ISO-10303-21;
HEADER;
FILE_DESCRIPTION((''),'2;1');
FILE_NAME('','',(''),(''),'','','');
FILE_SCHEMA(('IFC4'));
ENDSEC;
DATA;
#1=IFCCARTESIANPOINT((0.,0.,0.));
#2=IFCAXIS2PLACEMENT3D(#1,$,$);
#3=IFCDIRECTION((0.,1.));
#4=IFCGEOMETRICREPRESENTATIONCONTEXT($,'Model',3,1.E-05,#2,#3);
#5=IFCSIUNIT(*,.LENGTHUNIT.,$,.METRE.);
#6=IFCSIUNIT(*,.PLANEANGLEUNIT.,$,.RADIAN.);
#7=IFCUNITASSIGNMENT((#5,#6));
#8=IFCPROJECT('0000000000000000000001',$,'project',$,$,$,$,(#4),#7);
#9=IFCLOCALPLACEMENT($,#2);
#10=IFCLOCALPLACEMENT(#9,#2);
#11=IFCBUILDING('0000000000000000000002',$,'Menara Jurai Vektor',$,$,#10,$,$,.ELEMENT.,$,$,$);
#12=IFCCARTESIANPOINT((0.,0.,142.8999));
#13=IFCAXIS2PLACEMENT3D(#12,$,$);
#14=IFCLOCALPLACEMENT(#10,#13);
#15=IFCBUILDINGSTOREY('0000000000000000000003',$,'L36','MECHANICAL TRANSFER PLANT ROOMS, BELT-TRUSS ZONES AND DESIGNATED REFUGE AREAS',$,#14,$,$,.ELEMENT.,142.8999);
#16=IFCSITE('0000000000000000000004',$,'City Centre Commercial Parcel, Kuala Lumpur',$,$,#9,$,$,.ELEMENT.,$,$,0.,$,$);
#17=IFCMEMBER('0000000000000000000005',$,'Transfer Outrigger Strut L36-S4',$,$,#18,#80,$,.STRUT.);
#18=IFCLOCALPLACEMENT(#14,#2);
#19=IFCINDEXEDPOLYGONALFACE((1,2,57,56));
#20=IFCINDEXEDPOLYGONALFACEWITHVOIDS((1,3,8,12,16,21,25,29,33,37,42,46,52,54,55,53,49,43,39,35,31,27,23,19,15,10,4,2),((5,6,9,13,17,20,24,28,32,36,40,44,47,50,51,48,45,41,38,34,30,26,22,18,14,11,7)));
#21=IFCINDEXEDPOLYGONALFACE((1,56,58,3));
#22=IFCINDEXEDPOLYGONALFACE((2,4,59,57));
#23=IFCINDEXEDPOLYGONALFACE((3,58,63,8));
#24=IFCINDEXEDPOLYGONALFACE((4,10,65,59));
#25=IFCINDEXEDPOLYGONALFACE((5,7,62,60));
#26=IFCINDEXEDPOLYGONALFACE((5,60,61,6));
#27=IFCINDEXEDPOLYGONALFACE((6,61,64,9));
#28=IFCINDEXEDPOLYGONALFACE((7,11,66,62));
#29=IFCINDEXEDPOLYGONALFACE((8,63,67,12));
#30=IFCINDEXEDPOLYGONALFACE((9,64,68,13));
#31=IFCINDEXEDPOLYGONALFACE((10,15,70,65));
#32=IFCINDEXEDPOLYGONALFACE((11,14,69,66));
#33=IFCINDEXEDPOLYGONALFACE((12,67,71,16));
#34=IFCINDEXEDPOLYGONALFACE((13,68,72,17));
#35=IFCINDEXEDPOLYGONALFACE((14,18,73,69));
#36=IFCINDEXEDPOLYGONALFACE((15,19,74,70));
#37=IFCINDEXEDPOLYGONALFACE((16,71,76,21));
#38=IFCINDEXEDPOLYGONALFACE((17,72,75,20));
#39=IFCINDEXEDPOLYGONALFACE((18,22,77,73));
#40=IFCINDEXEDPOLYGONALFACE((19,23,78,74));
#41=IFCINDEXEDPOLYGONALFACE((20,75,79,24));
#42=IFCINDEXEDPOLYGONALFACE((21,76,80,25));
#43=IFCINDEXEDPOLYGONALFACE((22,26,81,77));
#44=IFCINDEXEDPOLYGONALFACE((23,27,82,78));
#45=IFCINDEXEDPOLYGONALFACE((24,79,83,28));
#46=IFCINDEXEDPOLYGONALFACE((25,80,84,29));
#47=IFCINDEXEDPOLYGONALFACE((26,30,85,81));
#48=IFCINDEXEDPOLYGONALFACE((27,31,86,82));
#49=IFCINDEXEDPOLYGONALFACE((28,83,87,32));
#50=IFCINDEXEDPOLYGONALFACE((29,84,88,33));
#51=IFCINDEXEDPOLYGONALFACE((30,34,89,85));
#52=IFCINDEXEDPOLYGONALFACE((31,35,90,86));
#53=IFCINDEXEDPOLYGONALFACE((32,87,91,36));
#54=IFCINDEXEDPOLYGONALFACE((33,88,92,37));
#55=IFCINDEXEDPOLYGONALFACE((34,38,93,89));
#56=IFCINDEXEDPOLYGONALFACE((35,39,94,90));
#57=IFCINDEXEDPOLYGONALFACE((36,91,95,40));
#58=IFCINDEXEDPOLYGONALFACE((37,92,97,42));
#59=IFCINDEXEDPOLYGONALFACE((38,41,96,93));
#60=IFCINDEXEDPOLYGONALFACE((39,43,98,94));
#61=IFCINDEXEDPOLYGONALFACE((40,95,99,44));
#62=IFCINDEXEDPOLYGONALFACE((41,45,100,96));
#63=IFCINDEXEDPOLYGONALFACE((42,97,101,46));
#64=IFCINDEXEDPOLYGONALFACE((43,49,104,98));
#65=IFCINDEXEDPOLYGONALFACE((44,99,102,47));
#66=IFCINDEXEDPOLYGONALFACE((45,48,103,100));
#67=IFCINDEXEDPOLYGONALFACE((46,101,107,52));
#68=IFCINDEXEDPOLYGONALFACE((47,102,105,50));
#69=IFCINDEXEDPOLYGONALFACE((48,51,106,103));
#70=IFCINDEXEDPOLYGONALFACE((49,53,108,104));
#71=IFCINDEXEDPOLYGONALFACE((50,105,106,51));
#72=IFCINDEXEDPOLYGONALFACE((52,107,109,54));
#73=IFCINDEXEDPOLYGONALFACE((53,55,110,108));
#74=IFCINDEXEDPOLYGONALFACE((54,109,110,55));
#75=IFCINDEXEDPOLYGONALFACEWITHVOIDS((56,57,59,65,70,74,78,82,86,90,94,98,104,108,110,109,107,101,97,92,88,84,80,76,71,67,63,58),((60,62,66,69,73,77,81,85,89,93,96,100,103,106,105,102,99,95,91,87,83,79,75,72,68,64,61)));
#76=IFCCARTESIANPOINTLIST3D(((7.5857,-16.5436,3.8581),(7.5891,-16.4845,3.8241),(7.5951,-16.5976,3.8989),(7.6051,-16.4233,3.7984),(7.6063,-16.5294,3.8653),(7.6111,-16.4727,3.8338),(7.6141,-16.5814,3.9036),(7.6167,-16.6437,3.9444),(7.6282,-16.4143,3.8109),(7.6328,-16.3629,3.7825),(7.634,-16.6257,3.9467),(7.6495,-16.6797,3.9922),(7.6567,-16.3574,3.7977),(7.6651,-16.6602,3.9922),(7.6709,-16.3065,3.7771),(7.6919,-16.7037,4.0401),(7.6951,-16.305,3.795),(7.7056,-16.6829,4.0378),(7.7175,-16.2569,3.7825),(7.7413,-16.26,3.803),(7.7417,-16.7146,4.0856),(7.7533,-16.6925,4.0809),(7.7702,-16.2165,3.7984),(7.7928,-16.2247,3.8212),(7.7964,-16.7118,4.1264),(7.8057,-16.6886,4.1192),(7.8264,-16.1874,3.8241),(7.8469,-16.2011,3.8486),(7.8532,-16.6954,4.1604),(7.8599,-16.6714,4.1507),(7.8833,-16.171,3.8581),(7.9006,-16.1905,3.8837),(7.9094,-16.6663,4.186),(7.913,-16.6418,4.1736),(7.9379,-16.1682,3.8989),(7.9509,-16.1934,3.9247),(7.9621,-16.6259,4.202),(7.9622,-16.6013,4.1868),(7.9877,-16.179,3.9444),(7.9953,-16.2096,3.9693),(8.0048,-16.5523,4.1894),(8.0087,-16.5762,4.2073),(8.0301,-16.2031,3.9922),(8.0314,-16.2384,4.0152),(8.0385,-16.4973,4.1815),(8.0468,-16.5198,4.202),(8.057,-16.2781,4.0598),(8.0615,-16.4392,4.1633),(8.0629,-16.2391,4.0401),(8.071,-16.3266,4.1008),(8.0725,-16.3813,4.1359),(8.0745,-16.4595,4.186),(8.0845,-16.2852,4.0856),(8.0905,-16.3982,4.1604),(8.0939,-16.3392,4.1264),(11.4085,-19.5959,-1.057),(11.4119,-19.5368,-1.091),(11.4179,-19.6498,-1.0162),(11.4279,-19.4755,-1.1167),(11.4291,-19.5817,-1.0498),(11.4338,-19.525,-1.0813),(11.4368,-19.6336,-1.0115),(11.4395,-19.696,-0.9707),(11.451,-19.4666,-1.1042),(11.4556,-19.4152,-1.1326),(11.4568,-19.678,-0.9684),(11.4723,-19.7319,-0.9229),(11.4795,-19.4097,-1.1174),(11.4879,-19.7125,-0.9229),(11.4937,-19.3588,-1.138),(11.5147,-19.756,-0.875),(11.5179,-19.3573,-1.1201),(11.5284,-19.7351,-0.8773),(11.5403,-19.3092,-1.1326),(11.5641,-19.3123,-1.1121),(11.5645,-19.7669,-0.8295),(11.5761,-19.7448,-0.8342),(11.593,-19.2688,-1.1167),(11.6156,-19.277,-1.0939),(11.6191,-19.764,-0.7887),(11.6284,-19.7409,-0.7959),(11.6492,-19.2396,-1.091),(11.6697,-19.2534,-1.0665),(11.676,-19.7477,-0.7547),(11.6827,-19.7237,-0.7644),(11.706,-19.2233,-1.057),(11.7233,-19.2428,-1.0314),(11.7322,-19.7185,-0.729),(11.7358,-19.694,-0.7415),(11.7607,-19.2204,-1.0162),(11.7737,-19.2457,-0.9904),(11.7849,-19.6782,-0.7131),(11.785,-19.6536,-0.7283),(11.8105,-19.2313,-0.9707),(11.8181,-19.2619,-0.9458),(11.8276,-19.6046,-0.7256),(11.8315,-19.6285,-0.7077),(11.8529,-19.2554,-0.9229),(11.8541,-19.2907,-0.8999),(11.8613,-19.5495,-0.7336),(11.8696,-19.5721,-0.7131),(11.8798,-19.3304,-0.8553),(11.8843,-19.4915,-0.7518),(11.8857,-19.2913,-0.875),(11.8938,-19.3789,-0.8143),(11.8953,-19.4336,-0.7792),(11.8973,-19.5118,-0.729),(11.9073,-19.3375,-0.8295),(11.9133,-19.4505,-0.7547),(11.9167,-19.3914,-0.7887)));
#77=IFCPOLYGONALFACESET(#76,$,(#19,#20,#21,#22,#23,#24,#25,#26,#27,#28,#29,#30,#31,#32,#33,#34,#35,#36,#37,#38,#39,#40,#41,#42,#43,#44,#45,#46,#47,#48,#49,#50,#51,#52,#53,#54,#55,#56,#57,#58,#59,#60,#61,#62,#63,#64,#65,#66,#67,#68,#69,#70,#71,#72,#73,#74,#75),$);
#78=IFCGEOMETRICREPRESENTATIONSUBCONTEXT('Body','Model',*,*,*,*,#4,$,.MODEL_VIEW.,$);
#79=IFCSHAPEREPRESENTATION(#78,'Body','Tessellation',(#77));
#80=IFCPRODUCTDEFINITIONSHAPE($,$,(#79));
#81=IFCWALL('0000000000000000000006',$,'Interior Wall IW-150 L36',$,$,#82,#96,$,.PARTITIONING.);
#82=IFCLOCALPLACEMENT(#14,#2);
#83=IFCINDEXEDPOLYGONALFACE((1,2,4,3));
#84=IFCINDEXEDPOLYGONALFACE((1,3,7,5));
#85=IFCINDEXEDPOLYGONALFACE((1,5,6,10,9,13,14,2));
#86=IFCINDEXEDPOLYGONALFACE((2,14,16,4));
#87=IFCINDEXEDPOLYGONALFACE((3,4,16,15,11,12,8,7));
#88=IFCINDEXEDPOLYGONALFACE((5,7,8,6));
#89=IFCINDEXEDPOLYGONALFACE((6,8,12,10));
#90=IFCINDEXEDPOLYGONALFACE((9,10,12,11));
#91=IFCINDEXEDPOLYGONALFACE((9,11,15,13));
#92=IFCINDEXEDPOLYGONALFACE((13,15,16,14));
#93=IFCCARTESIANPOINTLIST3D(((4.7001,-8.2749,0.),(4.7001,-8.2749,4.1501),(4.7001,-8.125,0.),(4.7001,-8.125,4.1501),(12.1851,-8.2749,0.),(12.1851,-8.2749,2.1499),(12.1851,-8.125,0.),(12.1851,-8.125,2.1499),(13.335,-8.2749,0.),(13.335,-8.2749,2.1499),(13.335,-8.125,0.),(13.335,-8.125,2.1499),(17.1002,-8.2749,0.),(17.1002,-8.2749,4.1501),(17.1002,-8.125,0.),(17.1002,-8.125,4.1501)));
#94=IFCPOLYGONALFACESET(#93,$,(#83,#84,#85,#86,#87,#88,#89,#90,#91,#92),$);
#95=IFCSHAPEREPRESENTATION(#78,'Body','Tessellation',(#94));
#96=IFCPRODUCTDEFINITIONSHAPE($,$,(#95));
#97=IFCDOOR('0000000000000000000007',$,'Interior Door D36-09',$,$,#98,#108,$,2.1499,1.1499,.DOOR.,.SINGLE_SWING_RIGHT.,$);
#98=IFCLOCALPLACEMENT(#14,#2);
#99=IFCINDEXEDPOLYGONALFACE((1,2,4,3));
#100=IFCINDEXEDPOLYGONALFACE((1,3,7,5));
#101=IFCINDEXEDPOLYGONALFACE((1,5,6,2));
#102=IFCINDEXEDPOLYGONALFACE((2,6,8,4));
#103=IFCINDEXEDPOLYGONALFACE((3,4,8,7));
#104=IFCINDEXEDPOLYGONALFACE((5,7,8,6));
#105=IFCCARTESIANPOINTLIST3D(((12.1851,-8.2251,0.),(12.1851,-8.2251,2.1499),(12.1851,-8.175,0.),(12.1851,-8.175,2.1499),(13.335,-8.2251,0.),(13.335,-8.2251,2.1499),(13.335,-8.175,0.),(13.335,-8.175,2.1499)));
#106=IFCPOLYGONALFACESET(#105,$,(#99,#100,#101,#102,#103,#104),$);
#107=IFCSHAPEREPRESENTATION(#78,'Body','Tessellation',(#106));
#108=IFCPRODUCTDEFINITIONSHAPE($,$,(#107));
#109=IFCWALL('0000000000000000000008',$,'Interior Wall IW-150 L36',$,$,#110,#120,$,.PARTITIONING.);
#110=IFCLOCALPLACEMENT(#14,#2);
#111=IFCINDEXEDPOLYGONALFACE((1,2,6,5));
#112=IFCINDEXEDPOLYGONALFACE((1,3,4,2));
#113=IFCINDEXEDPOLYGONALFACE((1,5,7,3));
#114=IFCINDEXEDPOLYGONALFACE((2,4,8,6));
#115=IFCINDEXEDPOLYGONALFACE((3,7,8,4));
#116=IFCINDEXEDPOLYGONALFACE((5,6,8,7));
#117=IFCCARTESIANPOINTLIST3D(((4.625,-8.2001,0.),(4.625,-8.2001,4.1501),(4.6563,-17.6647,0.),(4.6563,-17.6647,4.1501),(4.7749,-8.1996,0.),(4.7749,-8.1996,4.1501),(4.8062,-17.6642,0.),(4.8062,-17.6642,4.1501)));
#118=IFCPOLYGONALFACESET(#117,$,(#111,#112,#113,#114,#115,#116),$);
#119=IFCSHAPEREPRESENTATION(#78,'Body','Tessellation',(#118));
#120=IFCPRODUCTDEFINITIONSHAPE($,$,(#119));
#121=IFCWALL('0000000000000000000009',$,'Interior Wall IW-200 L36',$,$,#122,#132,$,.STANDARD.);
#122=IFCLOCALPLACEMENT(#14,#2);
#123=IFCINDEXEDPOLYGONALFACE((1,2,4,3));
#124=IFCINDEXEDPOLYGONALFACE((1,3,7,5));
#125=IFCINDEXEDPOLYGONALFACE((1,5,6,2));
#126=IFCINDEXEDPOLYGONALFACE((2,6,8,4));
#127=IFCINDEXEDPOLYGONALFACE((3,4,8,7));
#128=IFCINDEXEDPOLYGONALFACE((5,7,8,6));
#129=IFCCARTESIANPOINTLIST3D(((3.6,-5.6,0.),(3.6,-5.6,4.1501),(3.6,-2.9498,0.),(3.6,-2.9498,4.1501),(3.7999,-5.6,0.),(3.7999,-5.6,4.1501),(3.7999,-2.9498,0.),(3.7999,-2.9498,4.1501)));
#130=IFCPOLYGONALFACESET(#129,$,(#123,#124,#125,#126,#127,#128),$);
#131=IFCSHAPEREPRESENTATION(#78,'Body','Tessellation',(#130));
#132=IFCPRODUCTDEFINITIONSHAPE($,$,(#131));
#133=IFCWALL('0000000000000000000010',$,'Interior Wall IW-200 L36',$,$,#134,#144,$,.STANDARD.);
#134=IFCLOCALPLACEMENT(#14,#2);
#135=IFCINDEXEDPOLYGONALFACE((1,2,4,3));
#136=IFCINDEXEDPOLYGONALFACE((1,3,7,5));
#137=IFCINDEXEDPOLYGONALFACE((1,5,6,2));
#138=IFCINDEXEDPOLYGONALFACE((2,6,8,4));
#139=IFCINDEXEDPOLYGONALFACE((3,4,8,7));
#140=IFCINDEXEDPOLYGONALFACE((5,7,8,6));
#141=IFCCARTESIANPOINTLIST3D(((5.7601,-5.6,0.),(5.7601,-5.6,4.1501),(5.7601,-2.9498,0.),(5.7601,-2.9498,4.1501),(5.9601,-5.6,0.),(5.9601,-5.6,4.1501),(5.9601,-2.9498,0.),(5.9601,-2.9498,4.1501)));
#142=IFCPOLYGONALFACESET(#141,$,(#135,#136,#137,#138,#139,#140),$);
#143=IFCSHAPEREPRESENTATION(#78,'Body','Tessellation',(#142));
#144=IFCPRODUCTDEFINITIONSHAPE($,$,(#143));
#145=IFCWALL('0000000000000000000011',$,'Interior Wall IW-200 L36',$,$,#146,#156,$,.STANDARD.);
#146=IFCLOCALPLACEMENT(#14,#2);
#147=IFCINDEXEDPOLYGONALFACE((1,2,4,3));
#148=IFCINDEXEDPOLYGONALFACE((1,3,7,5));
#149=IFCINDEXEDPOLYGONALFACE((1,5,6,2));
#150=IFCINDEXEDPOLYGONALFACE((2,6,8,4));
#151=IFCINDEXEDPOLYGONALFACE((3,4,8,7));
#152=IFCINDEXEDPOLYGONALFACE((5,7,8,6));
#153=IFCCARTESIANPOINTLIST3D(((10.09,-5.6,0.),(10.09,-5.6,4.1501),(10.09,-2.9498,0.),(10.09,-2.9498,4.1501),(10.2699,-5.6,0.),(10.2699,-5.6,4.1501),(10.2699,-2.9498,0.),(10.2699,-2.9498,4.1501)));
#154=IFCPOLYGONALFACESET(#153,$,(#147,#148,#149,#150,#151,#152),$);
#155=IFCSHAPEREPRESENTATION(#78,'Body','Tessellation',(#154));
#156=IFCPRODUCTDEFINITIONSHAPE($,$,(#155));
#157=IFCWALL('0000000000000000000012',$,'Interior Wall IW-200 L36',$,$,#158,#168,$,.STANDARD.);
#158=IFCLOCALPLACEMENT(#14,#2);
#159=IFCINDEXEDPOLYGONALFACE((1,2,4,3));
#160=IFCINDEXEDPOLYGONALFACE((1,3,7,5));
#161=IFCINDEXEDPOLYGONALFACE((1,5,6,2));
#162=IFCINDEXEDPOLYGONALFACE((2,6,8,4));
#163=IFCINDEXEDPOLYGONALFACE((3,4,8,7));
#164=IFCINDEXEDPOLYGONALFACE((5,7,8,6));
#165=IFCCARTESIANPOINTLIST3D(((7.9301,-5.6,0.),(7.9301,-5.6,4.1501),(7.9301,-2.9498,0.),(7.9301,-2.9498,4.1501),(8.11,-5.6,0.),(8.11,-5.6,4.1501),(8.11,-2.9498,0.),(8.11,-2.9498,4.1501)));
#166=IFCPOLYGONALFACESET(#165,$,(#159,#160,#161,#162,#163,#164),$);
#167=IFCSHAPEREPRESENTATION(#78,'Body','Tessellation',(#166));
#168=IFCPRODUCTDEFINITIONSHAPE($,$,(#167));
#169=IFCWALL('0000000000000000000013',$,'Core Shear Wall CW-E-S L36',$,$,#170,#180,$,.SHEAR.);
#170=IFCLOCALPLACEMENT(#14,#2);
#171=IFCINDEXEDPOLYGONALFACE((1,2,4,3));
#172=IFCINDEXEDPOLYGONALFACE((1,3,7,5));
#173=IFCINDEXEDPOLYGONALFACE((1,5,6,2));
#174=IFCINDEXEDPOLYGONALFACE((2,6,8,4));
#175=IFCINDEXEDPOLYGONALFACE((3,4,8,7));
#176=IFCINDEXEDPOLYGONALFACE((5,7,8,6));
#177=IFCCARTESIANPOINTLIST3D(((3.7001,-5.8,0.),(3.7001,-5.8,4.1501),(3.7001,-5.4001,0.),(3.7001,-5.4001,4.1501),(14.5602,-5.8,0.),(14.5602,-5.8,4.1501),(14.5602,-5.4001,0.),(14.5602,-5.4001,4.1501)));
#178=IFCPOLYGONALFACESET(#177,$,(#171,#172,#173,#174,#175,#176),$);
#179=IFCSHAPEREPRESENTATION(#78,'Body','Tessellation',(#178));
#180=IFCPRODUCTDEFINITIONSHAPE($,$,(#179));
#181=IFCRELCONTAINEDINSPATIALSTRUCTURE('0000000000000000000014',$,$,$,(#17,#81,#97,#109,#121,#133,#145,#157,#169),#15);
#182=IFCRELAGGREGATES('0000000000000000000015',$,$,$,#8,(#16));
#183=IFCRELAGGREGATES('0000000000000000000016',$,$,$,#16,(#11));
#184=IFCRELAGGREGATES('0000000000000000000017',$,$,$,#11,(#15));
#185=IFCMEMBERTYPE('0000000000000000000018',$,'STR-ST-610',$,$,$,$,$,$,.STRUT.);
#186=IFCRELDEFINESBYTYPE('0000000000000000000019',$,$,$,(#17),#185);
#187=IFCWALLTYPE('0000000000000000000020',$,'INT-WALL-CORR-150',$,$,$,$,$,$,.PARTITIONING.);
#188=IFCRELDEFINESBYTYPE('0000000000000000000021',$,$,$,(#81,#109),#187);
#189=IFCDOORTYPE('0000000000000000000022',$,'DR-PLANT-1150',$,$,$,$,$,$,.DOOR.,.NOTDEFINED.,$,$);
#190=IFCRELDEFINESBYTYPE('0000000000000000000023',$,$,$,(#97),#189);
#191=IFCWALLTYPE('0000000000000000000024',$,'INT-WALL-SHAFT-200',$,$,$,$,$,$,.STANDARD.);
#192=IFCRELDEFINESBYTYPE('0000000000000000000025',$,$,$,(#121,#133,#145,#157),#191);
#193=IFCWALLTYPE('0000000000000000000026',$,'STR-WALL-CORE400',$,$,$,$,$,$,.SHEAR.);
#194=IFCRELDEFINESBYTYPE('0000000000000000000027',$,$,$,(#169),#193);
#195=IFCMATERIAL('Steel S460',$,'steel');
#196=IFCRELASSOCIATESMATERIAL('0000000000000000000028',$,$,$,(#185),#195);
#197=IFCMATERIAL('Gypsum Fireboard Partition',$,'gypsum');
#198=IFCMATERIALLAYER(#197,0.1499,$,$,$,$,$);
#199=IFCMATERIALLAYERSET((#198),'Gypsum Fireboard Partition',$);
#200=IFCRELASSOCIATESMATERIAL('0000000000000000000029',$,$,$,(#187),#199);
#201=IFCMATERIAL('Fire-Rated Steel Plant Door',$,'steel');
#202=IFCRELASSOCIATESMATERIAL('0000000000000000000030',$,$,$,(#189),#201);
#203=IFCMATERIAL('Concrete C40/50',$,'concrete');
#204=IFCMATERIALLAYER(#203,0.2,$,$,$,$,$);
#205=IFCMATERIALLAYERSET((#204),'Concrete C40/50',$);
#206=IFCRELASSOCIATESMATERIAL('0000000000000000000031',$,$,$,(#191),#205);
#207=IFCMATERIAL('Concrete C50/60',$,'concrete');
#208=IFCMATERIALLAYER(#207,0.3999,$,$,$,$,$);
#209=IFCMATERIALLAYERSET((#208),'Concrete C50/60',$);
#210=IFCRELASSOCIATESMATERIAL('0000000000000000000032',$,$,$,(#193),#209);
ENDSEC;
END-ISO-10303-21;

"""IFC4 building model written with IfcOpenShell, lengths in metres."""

from ifc_helpers import new_model, si_unit, direction, frame, frame_2d, origin, origin_2d, place, context, subcontext, project, spatial, rectangle, hollow_circle, extrude, material, layer, layer_set, material_profile, profile_set, type_object, element, fill, save


model = new_model("IFC4")

# Units and contexts
model_context = context("Model", 3, precision=1e-05, world=origin(), true_north=direction((0.0, 1.0)))
body_context = subcontext(model_context, "Body", "Model", "MODEL_VIEW")
ifc_project = project(units=[si_unit("LENGTHUNIT", "METRE"), si_unit("PLANEANGLEUNIT", "RADIAN")], contexts=[model_context])

# Site, building, storey
site_placement = place(None, origin())
site = spatial("IfcSite", under=ifc_project, at=site_placement, Name="City Centre Commercial Parcel, Kuala Lumpur", CompositionType="ELEMENT", RefElevation=0.0)
building_placement = place(site_placement, origin())
building = spatial("IfcBuilding", under=site, at=building_placement, Name="Menara Jurai Vektor", CompositionType="ELEMENT")
storey_placement = place(building_placement, frame((0.0, 0.0, 142.8999)))
storey = spatial("IfcBuildingStorey", under=building, at=storey_placement, Name="L36", Description="MECHANICAL TRANSFER PLANT ROOMS, BELT-TRUSS ZONES AND DESIGNATED REFUGE AREAS", CompositionType="ELEMENT", Elevation=142.8999)

# Shared definitions
ifc_material_1 = material(Name="Concrete C50/60", Category="concrete")
ifc_material_2 = material(Name="Steel S460", Category="steel")

# Member
ifc_material_profile_1 = material_profile(ifc_material_2, hollow_circle(Radius=0.3049, WallThickness=0.0249, at=origin_2d()), Name="CHS 610x25")
ifc_profile_set_1 = profile_set([ifc_material_profile_1], Name="Steel S460")
member_type_1 = type_object("IfcMemberType", Name="STR-ST-610", PredefinedType="STRUT", material=ifc_profile_set_1)
member_placement = place(storey_placement, frame((11.6626, -19.4937, -0.9229), z_axis=(-0.551266, 0.440154, 0.708781), x_axis=(-0.623952, -0.781462, 0.0)))
element("IfcMember", 1, at=member_placement, inside=storey, type_object=member_type_1, Name="Transfer Outrigger Strut L36-S4", PredefinedType="STRUT", context=body_context, shape_type="SweptSolid", body=[
    extrude(hollow_circle(Radius=0.3049, WallThickness=0.0249, at=origin_2d()), origin(), (0.0, 0.0, 1.0), 6.9346),
])

# Wall, opening, door
ifc_material_3 = material(Name="Gypsum Fireboard Partition", Category="gypsum")
ifc_layer_1 = layer(ifc_material_3, 0.1499)
ifc_layer_set_1 = layer_set([ifc_layer_1], Name="Gypsum Fireboard Partition")
wall_type_1 = type_object("IfcWallType", Name="INT-WALL-CORR-150", PredefinedType="PARTITIONING", material=ifc_layer_set_1)
wall_1_placement = place(storey_placement, frame((4.7, -8.2, 0.0), z_axis=(0.0, 0.0, 1.0), x_axis=(1.0, 0.0, 0.0)))
wall_1 = element("IfcWall", 2, at=wall_1_placement, inside=storey, type_object=wall_type_1, Name="Interior Wall IW-150 L36", PredefinedType="PARTITIONING", context=body_context, shape_type="SweptSolid", body=[
    extrude(rectangle(XDim=12.4001, YDim=0.1499, at=frame_2d((6.2002, 0.0))), origin(), (0.0, 0.0, 1.0), 4.1501),
])
opening_placement = place(wall_1_placement, frame((7.4851, 0.0, 0.0)))
opening = element("IfcOpeningElement", 3, at=opening_placement, cuts=wall_1, PredefinedType="OPENING", context=body_context, shape_type="SweptSolid", body=[
    extrude(rectangle(XDim=1.1499, YDim=2.1499, at=frame_2d((0.575, 1.075))), frame((0.0, 0.085, 0.0), z_axis=(0.0, -1.0, 0.0), x_axis=(1.0, 0.0, 0.0)), (0.0, 0.0, 1.0), 0.1699),
])
ifc_material_4 = material(Name="Fire-Rated Steel Plant Door", Category="steel")
door_type = type_object("IfcDoorType", Name="DR-PLANT-1150", OperationType="NOTDEFINED", PredefinedType="DOOR", material=ifc_material_4)
door_placement = place(opening_placement, origin())
door = element("IfcDoor", 4, at=door_placement, inside=storey, type_object=door_type, Name="Interior Door D36-09", OperationType="SINGLE_SWING_RIGHT", OverallHeight=2.1499, OverallWidth=1.1499, PredefinedType="DOOR", context=body_context, shape_type="SweptSolid", body=[
    extrude(rectangle(XDim=1.1499, YDim=2.1499, at=frame_2d((0.575, 1.075))), frame((0.0, 0.0249, 0.0), z_axis=(0.0, -1.0, 0.0), x_axis=(1.0, 0.0, 0.0)), (0.0, 0.0, 1.0), 0.05),
])
fill(opening, door)

# Walls
wall_2_placement = place(storey_placement, frame((4.7312, -17.6646, 0.0), z_axis=(0.0, 0.0, 1.0), x_axis=(-0.003302, 0.999995, 0.0)))
element("IfcWall", 5, at=wall_2_placement, inside=storey, type_object=wall_type_1, Name="Interior Wall IW-150 L36", PredefinedType="PARTITIONING", context=body_context, shape_type="SweptSolid", body=[
    extrude(rectangle(XDim=9.4646, YDim=0.1499, at=frame_2d((4.7324, 0.0))), origin(), (0.0, 0.0, 1.0), 4.1501),
])
ifc_material_5 = material(Name="Concrete C40/50", Category="concrete")
ifc_layer_2 = layer(ifc_material_5, 0.2)
ifc_layer_set_2 = layer_set([ifc_layer_2], Name="Concrete C40/50")
wall_type_2 = type_object("IfcWallType", Name="INT-WALL-SHAFT-200", PredefinedType="STANDARD", material=ifc_layer_set_2)
for number, where, z_axis, x_axis, name in (
    (6, (3.7, -5.6001, 0.0), (0.0, 0.0, 1.0), (0.0, 1.0, 0.0), "Interior Wall IW-200 L36"),
    (7, (5.8601, -5.6001, 0.0), (0.0, 0.0, 1.0), (0.0, 1.0, 0.0), "Interior Wall IW-200 L36"),
):
    element("IfcWall", number, at=place(storey_placement, frame(where, z_axis=z_axis, x_axis=x_axis)), inside=storey, type_object=wall_type_2, Name=name, PredefinedType="STANDARD", context=body_context, shape_type="SweptSolid", body=[
        extrude(rectangle(XDim=2.6501, YDim=0.2, at=frame_2d((1.3252, 0.0))), origin(), (0.0, 0.0, 1.0), 4.1501),
    ])
for number, where, z_axis, x_axis, name in (
    (8, (10.1799, -5.6001, 0.0), (0.0, 0.0, 1.0), (0.0, 1.0, 0.0), "Interior Wall IW-200 L36"),
    (9, (8.02, -5.6001, 0.0), (0.0, 0.0, 1.0), (0.0, 1.0, 0.0), "Interior Wall IW-200 L36"),
):
    element("IfcWall", number, at=place(storey_placement, frame(where, z_axis=z_axis, x_axis=x_axis)), inside=storey, type_object=wall_type_2, Name=name, PredefinedType="STANDARD", context=body_context, shape_type="SweptSolid", body=[
        extrude(rectangle(XDim=2.6501, YDim=0.1799, at=frame_2d((1.3252, 0.0))), origin(), (0.0, 0.0, 1.0), 4.1501),
    ])
ifc_layer_3 = layer(ifc_material_1, 0.3999)
ifc_layer_set_3 = layer_set([ifc_layer_3], Name="Concrete C50/60")
wall_type_3 = type_object("IfcWallType", Name="STR-WALL-CORE400", PredefinedType="SHEAR", material=ifc_layer_set_3)
wall_3_placement = place(storey_placement, frame((3.7, -5.6001, 0.0), z_axis=(0.0, 0.0, 1.0), x_axis=(1.0, 0.0, 0.0)))
element("IfcWall", 10, at=wall_3_placement, inside=storey, type_object=wall_type_3, Name="Core Shear Wall CW-E-S L36", PredefinedType="SHEAR", context=body_context, shape_type="SweptSolid", body=[
    extrude(rectangle(XDim=10.8601, YDim=0.3999, at=frame_2d((5.4302, 0.0))), origin(), (0.0, 0.0, 1.0), 4.1501),
])

save(model, "model.ifc")
